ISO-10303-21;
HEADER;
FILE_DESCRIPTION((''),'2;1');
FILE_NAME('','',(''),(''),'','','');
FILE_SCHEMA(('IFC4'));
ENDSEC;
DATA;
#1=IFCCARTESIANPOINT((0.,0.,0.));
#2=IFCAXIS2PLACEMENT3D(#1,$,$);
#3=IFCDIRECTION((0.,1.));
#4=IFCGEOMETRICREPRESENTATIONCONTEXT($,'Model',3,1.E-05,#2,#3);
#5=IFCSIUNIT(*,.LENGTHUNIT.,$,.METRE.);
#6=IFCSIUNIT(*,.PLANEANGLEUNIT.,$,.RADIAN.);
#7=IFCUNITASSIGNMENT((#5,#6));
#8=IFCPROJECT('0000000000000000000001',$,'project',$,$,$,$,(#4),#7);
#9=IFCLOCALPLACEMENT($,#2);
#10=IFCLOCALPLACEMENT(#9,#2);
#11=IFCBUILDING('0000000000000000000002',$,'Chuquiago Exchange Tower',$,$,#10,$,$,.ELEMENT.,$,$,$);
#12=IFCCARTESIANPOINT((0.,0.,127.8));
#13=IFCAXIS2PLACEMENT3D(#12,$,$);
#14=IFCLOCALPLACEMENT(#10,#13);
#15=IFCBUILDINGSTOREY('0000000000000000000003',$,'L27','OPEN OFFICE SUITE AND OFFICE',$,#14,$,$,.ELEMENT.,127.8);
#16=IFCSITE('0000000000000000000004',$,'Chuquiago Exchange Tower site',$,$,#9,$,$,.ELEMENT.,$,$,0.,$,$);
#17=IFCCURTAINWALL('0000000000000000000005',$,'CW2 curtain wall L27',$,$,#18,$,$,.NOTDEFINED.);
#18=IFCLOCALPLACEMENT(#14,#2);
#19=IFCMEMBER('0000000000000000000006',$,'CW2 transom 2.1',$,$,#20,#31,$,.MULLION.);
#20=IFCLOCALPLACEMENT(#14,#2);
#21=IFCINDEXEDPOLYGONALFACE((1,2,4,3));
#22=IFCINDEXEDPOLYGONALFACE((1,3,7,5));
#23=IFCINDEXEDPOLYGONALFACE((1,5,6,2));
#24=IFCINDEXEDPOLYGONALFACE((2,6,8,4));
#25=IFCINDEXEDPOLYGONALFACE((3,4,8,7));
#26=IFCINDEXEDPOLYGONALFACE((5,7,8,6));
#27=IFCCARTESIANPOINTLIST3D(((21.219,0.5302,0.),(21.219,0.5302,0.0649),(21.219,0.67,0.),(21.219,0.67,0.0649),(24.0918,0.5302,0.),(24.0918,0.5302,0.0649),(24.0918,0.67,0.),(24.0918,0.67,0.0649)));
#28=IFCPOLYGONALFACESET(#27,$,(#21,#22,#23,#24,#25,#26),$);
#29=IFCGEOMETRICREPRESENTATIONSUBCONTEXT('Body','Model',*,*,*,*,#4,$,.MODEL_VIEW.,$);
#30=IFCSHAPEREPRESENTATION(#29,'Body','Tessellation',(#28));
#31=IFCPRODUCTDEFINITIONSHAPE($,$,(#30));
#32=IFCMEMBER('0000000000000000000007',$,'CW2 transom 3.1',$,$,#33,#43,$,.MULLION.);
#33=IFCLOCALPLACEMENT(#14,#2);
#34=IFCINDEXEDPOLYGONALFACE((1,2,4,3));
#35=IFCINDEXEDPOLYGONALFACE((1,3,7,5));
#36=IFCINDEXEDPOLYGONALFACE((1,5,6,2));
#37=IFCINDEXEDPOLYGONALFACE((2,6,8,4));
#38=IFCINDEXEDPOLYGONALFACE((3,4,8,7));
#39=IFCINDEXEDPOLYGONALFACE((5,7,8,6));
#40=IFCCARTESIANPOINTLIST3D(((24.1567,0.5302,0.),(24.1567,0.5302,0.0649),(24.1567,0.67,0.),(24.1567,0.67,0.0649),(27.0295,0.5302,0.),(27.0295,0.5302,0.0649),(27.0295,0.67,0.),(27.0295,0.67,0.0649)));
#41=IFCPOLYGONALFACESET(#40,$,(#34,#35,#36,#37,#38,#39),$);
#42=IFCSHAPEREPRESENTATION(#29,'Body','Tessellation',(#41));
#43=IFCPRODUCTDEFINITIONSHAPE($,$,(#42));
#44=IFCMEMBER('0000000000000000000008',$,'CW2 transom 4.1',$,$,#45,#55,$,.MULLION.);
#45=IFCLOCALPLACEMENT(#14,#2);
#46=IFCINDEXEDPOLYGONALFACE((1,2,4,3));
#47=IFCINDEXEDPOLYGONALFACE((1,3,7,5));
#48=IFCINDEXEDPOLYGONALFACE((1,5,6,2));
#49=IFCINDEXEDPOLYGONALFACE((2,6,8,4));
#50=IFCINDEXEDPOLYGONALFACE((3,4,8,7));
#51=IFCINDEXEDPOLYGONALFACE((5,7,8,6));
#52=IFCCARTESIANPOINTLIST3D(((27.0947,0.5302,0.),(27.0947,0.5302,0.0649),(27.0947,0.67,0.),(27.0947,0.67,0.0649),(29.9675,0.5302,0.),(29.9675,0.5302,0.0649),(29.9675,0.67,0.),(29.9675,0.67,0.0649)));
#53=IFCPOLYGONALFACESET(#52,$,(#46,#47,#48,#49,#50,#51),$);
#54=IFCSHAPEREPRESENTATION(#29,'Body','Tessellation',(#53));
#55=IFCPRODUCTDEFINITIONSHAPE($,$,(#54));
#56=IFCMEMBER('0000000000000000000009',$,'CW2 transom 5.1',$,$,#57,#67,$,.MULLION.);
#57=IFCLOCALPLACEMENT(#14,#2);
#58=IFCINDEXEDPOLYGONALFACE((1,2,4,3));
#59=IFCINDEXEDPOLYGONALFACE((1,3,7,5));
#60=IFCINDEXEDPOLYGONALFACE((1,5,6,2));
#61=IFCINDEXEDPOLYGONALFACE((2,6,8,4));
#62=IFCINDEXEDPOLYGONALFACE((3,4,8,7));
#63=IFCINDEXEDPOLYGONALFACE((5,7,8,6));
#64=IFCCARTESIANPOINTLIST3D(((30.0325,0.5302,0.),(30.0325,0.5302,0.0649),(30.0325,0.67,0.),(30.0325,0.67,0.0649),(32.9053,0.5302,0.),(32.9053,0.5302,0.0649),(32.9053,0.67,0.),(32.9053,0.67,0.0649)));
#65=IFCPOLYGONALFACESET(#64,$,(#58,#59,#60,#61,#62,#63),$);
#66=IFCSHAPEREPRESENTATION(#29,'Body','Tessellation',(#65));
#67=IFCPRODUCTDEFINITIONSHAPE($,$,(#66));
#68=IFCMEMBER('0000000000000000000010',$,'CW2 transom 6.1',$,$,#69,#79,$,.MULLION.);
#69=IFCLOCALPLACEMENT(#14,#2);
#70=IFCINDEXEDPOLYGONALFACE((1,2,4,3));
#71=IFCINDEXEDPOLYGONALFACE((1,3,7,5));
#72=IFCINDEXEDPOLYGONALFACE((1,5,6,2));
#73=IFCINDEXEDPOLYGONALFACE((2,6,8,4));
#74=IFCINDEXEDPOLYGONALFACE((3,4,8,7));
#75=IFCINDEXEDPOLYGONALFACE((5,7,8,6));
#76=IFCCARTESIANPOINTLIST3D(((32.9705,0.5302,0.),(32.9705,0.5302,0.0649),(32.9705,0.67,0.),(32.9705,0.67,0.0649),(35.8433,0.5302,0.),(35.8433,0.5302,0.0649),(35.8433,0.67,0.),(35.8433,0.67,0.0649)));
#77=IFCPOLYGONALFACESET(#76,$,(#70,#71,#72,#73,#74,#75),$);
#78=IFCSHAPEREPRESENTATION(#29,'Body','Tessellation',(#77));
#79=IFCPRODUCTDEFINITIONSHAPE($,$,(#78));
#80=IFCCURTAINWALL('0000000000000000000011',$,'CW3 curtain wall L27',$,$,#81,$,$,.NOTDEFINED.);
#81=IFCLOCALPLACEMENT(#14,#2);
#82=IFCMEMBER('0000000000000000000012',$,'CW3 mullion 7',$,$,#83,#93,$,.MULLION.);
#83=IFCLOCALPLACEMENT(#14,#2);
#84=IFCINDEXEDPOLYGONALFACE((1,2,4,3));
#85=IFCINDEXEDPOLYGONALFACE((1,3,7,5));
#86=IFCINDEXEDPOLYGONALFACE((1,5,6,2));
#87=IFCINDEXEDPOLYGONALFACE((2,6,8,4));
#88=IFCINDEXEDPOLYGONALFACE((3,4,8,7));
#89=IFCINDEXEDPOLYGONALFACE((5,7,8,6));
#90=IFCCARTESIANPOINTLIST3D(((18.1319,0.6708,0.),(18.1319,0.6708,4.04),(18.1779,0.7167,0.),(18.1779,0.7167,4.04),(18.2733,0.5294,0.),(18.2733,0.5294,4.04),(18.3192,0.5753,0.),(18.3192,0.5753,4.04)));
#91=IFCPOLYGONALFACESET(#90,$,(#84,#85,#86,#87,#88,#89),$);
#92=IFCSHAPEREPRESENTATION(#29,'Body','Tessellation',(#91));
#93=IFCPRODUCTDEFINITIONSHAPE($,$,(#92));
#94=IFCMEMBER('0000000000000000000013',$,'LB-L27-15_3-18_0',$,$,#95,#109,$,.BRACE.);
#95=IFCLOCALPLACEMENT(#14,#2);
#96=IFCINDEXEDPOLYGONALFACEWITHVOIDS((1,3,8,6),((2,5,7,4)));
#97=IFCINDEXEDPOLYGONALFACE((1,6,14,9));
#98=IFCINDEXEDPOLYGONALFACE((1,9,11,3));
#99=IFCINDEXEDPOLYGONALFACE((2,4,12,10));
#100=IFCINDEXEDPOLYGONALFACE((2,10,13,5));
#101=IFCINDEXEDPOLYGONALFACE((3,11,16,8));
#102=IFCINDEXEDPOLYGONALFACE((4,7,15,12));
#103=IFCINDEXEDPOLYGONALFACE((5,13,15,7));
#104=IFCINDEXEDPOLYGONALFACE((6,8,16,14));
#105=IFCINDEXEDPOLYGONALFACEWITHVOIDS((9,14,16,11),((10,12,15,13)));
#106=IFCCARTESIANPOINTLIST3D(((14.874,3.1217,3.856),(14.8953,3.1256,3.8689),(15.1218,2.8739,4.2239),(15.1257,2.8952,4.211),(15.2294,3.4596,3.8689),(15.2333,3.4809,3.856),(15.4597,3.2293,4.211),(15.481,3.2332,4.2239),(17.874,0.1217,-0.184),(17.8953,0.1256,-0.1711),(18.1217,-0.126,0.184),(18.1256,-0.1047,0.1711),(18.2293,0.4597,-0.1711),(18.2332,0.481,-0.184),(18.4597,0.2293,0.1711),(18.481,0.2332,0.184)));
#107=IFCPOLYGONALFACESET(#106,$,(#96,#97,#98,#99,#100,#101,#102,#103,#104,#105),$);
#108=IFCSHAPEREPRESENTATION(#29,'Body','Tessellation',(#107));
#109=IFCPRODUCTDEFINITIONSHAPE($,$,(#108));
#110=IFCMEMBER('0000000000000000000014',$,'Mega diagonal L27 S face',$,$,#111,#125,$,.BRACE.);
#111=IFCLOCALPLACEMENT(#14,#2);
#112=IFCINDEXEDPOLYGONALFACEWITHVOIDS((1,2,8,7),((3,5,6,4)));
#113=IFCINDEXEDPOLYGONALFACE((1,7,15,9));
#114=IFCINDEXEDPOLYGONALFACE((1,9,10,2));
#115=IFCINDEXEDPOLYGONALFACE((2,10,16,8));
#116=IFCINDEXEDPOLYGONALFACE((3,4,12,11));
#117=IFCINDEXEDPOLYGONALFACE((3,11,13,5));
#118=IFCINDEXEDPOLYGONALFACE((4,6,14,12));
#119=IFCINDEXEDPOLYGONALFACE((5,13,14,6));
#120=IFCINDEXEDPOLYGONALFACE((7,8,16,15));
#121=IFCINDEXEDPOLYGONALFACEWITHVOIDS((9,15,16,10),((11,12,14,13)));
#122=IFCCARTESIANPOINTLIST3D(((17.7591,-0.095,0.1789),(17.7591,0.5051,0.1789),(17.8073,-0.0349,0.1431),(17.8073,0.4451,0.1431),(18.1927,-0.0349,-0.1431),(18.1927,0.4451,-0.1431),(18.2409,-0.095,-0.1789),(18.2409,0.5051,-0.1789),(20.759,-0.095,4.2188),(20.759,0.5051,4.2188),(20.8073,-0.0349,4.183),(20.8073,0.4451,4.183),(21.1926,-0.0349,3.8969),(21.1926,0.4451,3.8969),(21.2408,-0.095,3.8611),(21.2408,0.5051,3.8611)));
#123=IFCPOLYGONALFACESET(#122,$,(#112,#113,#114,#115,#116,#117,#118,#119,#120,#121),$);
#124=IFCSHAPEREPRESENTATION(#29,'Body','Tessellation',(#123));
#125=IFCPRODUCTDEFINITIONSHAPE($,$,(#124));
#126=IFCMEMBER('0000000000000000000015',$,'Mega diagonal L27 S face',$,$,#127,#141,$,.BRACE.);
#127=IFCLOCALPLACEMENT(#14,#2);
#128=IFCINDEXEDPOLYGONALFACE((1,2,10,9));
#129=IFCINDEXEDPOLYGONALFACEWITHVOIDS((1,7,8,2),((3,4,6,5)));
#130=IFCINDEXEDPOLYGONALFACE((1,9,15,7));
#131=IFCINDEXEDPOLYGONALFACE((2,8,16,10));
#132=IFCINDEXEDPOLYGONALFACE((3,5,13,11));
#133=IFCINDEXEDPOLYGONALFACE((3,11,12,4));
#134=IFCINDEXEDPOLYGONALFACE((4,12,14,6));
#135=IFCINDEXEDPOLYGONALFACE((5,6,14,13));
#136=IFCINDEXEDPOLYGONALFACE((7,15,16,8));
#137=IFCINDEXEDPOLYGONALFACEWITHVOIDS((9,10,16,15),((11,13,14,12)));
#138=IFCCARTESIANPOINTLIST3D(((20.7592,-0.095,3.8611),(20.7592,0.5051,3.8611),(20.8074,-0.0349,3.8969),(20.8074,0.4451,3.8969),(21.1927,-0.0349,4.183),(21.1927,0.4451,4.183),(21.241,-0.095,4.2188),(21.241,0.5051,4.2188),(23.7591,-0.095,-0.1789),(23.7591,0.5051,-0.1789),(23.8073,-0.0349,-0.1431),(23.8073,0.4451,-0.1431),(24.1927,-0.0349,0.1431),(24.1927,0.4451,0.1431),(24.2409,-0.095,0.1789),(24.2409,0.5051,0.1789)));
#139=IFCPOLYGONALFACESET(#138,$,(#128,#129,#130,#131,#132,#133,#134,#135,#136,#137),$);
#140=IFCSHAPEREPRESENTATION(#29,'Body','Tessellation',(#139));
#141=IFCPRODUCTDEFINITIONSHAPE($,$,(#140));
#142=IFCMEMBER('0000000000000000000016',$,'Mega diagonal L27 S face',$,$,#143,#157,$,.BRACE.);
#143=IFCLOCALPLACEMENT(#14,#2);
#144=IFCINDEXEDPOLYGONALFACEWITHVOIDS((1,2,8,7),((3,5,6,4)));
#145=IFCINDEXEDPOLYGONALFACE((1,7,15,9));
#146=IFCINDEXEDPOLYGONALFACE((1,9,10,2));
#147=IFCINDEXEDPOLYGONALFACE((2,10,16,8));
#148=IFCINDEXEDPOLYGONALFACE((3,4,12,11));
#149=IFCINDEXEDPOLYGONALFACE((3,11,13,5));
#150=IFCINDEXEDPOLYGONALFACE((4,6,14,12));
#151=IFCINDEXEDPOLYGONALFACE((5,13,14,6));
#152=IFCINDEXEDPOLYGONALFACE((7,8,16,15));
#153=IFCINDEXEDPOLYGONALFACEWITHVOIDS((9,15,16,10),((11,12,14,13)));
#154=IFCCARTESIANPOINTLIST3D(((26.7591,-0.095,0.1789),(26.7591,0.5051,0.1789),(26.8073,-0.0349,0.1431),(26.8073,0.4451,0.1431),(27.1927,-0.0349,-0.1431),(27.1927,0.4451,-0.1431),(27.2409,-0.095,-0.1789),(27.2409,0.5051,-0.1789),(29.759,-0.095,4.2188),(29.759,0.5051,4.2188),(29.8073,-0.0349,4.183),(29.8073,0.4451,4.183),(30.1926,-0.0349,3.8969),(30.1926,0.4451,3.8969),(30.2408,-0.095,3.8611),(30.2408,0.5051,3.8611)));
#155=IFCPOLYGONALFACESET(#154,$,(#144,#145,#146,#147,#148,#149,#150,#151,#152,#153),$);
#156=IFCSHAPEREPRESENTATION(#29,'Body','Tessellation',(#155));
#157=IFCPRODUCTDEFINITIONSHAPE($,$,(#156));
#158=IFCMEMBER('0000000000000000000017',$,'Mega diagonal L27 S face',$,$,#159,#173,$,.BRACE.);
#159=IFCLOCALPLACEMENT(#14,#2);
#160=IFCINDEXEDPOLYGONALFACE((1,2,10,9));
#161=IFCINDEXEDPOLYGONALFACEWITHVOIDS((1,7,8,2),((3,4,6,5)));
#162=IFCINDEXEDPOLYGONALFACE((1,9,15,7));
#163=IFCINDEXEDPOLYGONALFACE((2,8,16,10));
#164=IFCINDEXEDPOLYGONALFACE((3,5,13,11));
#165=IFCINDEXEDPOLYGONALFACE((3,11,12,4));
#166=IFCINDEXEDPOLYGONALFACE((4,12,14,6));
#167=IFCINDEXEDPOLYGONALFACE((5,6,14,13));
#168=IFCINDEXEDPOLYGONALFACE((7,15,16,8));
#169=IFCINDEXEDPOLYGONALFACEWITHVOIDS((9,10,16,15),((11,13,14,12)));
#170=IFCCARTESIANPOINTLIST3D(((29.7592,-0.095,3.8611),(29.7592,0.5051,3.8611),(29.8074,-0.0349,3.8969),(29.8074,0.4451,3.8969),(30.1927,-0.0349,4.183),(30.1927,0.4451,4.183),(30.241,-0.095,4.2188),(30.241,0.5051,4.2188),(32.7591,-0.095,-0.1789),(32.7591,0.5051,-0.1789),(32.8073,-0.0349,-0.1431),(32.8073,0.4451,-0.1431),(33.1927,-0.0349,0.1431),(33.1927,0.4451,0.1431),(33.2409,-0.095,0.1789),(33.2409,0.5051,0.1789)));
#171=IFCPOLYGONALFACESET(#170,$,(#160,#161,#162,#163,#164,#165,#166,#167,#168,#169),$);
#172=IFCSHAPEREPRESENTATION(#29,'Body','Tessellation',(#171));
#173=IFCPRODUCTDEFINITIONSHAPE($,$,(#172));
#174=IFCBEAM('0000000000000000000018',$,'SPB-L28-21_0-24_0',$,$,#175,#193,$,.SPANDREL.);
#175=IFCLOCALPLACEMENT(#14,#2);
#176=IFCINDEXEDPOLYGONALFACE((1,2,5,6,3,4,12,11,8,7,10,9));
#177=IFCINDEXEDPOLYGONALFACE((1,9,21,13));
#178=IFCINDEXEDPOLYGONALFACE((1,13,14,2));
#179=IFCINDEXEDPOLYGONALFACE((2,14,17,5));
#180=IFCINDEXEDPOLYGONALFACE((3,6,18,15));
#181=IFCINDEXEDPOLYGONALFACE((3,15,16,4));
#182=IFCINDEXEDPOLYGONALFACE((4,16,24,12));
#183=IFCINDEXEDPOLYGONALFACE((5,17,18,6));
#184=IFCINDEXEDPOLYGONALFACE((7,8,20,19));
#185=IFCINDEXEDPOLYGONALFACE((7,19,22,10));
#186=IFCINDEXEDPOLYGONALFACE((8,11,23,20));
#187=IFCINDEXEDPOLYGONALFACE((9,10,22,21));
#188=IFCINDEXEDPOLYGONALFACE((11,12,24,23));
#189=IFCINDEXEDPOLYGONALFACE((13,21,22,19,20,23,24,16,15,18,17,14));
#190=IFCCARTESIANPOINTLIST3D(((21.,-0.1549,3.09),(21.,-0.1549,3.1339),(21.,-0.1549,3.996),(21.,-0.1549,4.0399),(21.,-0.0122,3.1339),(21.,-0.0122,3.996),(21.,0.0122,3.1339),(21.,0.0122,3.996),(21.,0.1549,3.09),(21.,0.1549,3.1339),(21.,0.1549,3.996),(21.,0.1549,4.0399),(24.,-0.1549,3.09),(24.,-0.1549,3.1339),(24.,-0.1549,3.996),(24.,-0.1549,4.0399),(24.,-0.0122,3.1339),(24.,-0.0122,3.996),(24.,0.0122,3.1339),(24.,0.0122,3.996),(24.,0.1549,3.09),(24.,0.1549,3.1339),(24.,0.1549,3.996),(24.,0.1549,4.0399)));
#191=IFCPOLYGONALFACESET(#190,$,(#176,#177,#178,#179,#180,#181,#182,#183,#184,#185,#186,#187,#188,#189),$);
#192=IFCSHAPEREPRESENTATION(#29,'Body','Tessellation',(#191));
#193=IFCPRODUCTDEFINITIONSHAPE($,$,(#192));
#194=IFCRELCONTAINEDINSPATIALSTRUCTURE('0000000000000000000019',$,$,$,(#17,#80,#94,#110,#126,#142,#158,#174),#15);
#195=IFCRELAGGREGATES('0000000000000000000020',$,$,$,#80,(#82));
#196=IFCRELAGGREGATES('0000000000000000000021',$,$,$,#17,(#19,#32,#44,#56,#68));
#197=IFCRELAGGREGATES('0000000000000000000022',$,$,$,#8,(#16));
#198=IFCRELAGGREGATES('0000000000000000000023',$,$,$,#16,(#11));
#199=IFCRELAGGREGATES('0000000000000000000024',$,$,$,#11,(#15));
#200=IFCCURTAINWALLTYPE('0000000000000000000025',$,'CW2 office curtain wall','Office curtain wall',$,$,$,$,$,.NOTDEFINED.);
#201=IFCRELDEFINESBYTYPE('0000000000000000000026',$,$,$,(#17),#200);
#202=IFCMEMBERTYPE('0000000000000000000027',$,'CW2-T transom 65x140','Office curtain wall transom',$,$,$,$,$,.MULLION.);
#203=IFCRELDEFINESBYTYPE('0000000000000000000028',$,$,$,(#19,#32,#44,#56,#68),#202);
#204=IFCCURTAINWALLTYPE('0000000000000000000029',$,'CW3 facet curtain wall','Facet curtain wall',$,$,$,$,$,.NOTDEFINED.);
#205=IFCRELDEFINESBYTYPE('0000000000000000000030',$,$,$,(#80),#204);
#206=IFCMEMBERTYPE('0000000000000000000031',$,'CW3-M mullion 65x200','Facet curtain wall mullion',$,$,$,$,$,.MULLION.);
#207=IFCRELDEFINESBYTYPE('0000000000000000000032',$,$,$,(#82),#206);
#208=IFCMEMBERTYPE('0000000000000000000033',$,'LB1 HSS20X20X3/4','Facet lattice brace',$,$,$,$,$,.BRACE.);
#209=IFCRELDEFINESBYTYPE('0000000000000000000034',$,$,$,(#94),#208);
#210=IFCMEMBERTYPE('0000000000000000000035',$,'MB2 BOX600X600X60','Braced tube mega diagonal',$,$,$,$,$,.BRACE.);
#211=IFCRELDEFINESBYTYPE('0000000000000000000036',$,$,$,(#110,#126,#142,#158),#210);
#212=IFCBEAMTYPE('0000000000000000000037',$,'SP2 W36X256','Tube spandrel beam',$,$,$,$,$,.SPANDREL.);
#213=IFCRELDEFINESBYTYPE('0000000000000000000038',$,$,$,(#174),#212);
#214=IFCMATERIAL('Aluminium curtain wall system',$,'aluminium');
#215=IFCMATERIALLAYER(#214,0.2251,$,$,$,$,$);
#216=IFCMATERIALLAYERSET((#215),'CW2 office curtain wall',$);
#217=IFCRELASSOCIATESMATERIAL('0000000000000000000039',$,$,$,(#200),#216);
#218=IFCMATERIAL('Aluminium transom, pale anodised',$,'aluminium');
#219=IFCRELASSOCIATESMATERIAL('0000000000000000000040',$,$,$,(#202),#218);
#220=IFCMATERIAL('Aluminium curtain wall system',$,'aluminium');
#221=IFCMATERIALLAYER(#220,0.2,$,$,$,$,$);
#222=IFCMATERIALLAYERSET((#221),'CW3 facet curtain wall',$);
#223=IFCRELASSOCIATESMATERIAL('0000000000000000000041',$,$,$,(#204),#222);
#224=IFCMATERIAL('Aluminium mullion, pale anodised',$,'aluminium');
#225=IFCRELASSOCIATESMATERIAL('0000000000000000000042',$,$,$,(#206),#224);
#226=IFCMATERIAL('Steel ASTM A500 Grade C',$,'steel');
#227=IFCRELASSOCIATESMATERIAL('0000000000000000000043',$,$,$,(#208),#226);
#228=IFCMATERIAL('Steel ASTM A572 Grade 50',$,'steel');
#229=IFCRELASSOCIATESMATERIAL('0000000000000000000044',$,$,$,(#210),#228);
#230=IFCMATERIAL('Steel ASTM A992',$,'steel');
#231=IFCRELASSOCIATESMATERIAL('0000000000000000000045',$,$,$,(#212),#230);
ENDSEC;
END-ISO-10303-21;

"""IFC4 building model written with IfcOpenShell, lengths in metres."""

from ifc_helpers import new_model, si_unit, direction, frame, origin, origin_2d, place, context, subcontext, project, spatial, rectangle, hollow_rectangle, i_section, extrude, material, layer, layer_set, material_profile, profile_set, type_object, element, aggregate, save


model = new_model("IFC4")

# Units and contexts
model_context = context("Model", 3, precision=1e-05, world=origin(), true_north=direction((0.0, 1.0)))
body_context = subcontext(model_context, "Body", "Model", "MODEL_VIEW")
ifc_project = project(units=[si_unit("LENGTHUNIT", "METRE"), si_unit("PLANEANGLEUNIT", "RADIAN")], contexts=[model_context])

# Site, building, storey
site_placement = place(None, origin())
site = spatial("IfcSite", under=ifc_project, at=site_placement, Name="Chuquiago Exchange Tower site", CompositionType="ELEMENT", RefElevation=0.0)
building_placement = place(site_placement, origin())
building = spatial("IfcBuilding", under=site, at=building_placement, Name="Chuquiago Exchange Tower", CompositionType="ELEMENT")
storey_placement = place(building_placement, frame((0.0, 0.0, 127.8)))
storey = spatial("IfcBuildingStorey", under=building, at=storey_placement, Name="L27", Description="OPEN OFFICE SUITE AND OFFICE", CompositionType="ELEMENT", Elevation=127.8)

# Curtain wall, members
ifc_material_1 = material(Name="Aluminium curtain wall system", Category="aluminium")
ifc_layer_1 = layer(ifc_material_1, 0.2251)
ifc_layer_set_1 = layer_set([ifc_layer_1], Name="CW2 office curtain wall")
curtain_wall_type_1 = type_object("IfcCurtainWallType", Name="CW2 office curtain wall", Description="Office curtain wall", PredefinedType="NOTDEFINED", material=ifc_layer_set_1)
curtain_wall_1_placement = place(storey_placement, origin())
curtain_wall_1 = element("IfcCurtainWall", 1, at=curtain_wall_1_placement, inside=storey, type_object=curtain_wall_type_1, Name="CW2 curtain wall L27", PredefinedType="NOTDEFINED")
ifc_material_2 = material(Name="Aluminium transom, pale anodised", Category="aluminium")
ifc_material_profile_1 = material_profile(ifc_material_2, rectangle(XDim=0.1399, YDim=0.0649, at=origin_2d()), Name="AL 140x65")
ifc_profile_set_1 = profile_set([ifc_material_profile_1], Name="Aluminium transom, pale anodised")
member_type_1 = type_object("IfcMemberType", Name="CW2-T transom 65x140", Description="Office curtain wall transom", PredefinedType="MULLION", material=ifc_profile_set_1)
member_1_placement = place(storey_placement, frame((21.219, 0.6001, 0.0325), z_axis=(1.0, 0.0, 0.0), x_axis=(0.0, 1.0, 0.0)))
member_1 = element("IfcMember", 2, at=member_1_placement, type_object=member_type_1, Name="CW2 transom 2.1", PredefinedType="MULLION", context=body_context, shape_type="SweptSolid", body=[
    extrude(rectangle(XDim=0.1399, YDim=0.0649, at=origin_2d()), origin(), (0.0, 0.0, 1.0), 2.8728),
])
member_2_placement = place(storey_placement, frame((24.1567, 0.6001, 0.0325), z_axis=(1.0, 0.0, 0.0), x_axis=(0.0, 1.0, 0.0)))
member_2 = element("IfcMember", 3, at=member_2_placement, type_object=member_type_1, Name="CW2 transom 3.1", PredefinedType="MULLION", context=body_context, shape_type="SweptSolid", body=[
    extrude(rectangle(XDim=0.1399, YDim=0.0649, at=origin_2d()), origin(), (0.0, 0.0, 1.0), 2.8728),
])
member_3_placement = place(storey_placement, frame((27.0947, 0.6001, 0.0325), z_axis=(1.0, 0.0, 0.0), x_axis=(0.0, 1.0, 0.0)))
member_3 = element("IfcMember", 4, at=member_3_placement, type_object=member_type_1, Name="CW2 transom 4.1", PredefinedType="MULLION", context=body_context, shape_type="SweptSolid", body=[
    extrude(rectangle(XDim=0.1399, YDim=0.0649, at=origin_2d()), origin(), (0.0, 0.0, 1.0), 2.8728),
])
member_4_placement = place(storey_placement, frame((30.0325, 0.6001, 0.0325), z_axis=(1.0, 0.0, 0.0), x_axis=(0.0, 1.0, 0.0)))
member_4 = element("IfcMember", 5, at=member_4_placement, type_object=member_type_1, Name="CW2 transom 5.1", PredefinedType="MULLION", context=body_context, shape_type="SweptSolid", body=[
    extrude(rectangle(XDim=0.1399, YDim=0.0649, at=origin_2d()), origin(), (0.0, 0.0, 1.0), 2.8728),
])
member_5_placement = place(storey_placement, frame((32.9705, 0.6001, 0.0325), z_axis=(1.0, 0.0, 0.0), x_axis=(0.0, 1.0, 0.0)))
member_5 = element("IfcMember", 6, at=member_5_placement, type_object=member_type_1, Name="CW2 transom 6.1", PredefinedType="MULLION", context=body_context, shape_type="SweptSolid", body=[
    extrude(rectangle(XDim=0.1399, YDim=0.0649, at=origin_2d()), origin(), (0.0, 0.0, 1.0), 2.8728),
])

# Curtain wall, member
ifc_material_3 = material(Name="Aluminium curtain wall system", Category="aluminium")
ifc_layer_2 = layer(ifc_material_3, 0.2)
ifc_layer_set_2 = layer_set([ifc_layer_2], Name="CW3 facet curtain wall")
curtain_wall_type_2 = type_object("IfcCurtainWallType", Name="CW3 facet curtain wall", Description="Facet curtain wall", PredefinedType="NOTDEFINED", material=ifc_layer_set_2)
curtain_wall_2_placement = place(storey_placement, origin())
curtain_wall_2 = element("IfcCurtainWall", 7, at=curtain_wall_2_placement, inside=storey, type_object=curtain_wall_type_2, Name="CW3 curtain wall L27", PredefinedType="NOTDEFINED")
ifc_material_4 = material(Name="Aluminium mullion, pale anodised", Category="aluminium")
ifc_material_profile_2 = material_profile(ifc_material_4, rectangle(XDim=0.0649, YDim=0.2, at=origin_2d()), Name="AL 65x200")
ifc_profile_set_2 = profile_set([ifc_material_profile_2], Name="Aluminium mullion, pale anodised")
member_type_2 = type_object("IfcMemberType", Name="CW3-M mullion 65x200", Description="Facet curtain wall mullion", PredefinedType="MULLION", material=ifc_profile_set_2)
member_6_placement = place(storey_placement, frame((18.2256, 0.623, 0.0), z_axis=(0.0, 0.0, 1.0), x_axis=(0.707107, 0.707107, 0.0)))
member_6 = element("IfcMember", 8, at=member_6_placement, type_object=member_type_2, Name="CW3 mullion 7", PredefinedType="MULLION", context=body_context, shape_type="SweptSolid", body=[
    extrude(rectangle(XDim=0.0649, YDim=0.2, at=origin_2d()), origin(), (0.0, 0.0, 1.0), 4.04),
])
aggregate(curtain_wall_2, [member_6])

# Members
ifc_material_5 = material(Name="Steel ASTM A500 Grade C", Category="steel")
ifc_material_profile_3 = material_profile(ifc_material_5, hollow_rectangle(XDim=0.5081, YDim=0.5081, WallThickness=0.0178, at=origin_2d()), Name="HSS20X20X3/4")
ifc_profile_set_3 = profile_set([ifc_material_profile_3], Name="Steel ASTM A500 Grade C")
member_type_3 = type_object("IfcMemberType", Name="LB1 HSS20X20X3/4", Description="Facet lattice brace", PredefinedType="BRACE", material=ifc_profile_set_3)
member_7_placement = place(storey_placement, frame((18.1775, 0.1775, 0.0), z_axis=(-0.512077, 0.512077, 0.689604), x_axis=(-0.707107, -0.707107, 0.0)))
element("IfcMember", 9, at=member_7_placement, inside=storey, type_object=member_type_3, Name="LB-L27-15_3-18_0", PredefinedType="BRACE", context=body_context, shape_type="SweptSolid", body=[
    extrude(hollow_rectangle(XDim=0.5081, YDim=0.5081, WallThickness=0.0178, at=origin_2d()), origin(), (0.0, 0.0, 1.0), 5.8584),
])
ifc_material_6 = material(Name="Steel ASTM A572 Grade 50", Category="steel")
ifc_material_profile_4 = material_profile(ifc_material_6, hollow_rectangle(XDim=0.6001, YDim=0.6001, WallThickness=0.0601, at=origin_2d()), Name="BOX600X600X60")
ifc_profile_set_4 = profile_set([ifc_material_profile_4], Name="Steel ASTM A572 Grade 50")
member_type_4 = type_object("IfcMemberType", Name="MB2 BOX600X600X60", Description="Braced tube mega diagonal", PredefinedType="BRACE", material=ifc_profile_set_4)
for number, where, z_axis, x_axis, name in (
    (10, (18.0, 0.2051, 0.0), (0.596174, 0.0, 0.802855), (0.0, 1.0, 0.0), "Mega diagonal L27 S face"),
    (11, (24.0, 0.2051, 0.0), (-0.596174, 0.0, 0.802855), (0.0, -1.0, 0.0), "Mega diagonal L27 S face"),
    (12, (27.0, 0.2051, 0.0), (0.596174, 0.0, 0.802855), (0.0, 1.0, 0.0), "Mega diagonal L27 S face"),
    (13, (33.0, 0.2051, 0.0), (-0.596174, 0.0, 0.802855), (0.0, -1.0, 0.0), "Mega diagonal L27 S face"),
):
    element("IfcMember", number, at=place(storey_placement, frame(where, z_axis=z_axis, x_axis=x_axis)), inside=storey, type_object=member_type_4, Name=name, PredefinedType="BRACE", context=body_context, shape_type="SweptSolid", body=[
        extrude(hollow_rectangle(XDim=0.6001, YDim=0.6001, WallThickness=0.0601, at=origin_2d()), origin(), (0.0, 0.0, 1.0), 5.032),
    ])

# Beam
ifc_material_7 = material(Name="Steel ASTM A992", Category="steel")
ifc_material_profile_5 = material_profile(ifc_material_7, i_section(OverallWidth=0.3098, OverallDepth=0.95, WebThickness=0.0244, FlangeThickness=0.0439, at=origin_2d()), Name="W36X256")
ifc_profile_set_5 = profile_set([ifc_material_profile_5], Name="Steel ASTM A992")
beam_type = type_object("IfcBeamType", Name="SP2 W36X256", Description="Tube spandrel beam", PredefinedType="SPANDREL", material=ifc_profile_set_5)
for number, where, z_axis, x_axis, name in (
    (14, (21.0, 0.0, 3.5649), (1.0, 0.0, 0.0), (0.0, 1.0, 0.0), "SPB-L28-21_0-24_0"),
):
    element("IfcBeam", number, at=place(storey_placement, frame(where, z_axis=z_axis, x_axis=x_axis)), inside=storey, type_object=beam_type, Name=name, PredefinedType="SPANDREL", context=body_context, shape_type="SweptSolid", body=[
        extrude(i_section(OverallWidth=0.3098, OverallDepth=0.95, WebThickness=0.0244, FlangeThickness=0.0439, at=origin_2d()), origin(), (0.0, 0.0, 1.0), 3.0),
    ])

aggregate(curtain_wall_1, [member_1, member_2, member_3, member_4, member_5])

save(model, "model.ifc")
